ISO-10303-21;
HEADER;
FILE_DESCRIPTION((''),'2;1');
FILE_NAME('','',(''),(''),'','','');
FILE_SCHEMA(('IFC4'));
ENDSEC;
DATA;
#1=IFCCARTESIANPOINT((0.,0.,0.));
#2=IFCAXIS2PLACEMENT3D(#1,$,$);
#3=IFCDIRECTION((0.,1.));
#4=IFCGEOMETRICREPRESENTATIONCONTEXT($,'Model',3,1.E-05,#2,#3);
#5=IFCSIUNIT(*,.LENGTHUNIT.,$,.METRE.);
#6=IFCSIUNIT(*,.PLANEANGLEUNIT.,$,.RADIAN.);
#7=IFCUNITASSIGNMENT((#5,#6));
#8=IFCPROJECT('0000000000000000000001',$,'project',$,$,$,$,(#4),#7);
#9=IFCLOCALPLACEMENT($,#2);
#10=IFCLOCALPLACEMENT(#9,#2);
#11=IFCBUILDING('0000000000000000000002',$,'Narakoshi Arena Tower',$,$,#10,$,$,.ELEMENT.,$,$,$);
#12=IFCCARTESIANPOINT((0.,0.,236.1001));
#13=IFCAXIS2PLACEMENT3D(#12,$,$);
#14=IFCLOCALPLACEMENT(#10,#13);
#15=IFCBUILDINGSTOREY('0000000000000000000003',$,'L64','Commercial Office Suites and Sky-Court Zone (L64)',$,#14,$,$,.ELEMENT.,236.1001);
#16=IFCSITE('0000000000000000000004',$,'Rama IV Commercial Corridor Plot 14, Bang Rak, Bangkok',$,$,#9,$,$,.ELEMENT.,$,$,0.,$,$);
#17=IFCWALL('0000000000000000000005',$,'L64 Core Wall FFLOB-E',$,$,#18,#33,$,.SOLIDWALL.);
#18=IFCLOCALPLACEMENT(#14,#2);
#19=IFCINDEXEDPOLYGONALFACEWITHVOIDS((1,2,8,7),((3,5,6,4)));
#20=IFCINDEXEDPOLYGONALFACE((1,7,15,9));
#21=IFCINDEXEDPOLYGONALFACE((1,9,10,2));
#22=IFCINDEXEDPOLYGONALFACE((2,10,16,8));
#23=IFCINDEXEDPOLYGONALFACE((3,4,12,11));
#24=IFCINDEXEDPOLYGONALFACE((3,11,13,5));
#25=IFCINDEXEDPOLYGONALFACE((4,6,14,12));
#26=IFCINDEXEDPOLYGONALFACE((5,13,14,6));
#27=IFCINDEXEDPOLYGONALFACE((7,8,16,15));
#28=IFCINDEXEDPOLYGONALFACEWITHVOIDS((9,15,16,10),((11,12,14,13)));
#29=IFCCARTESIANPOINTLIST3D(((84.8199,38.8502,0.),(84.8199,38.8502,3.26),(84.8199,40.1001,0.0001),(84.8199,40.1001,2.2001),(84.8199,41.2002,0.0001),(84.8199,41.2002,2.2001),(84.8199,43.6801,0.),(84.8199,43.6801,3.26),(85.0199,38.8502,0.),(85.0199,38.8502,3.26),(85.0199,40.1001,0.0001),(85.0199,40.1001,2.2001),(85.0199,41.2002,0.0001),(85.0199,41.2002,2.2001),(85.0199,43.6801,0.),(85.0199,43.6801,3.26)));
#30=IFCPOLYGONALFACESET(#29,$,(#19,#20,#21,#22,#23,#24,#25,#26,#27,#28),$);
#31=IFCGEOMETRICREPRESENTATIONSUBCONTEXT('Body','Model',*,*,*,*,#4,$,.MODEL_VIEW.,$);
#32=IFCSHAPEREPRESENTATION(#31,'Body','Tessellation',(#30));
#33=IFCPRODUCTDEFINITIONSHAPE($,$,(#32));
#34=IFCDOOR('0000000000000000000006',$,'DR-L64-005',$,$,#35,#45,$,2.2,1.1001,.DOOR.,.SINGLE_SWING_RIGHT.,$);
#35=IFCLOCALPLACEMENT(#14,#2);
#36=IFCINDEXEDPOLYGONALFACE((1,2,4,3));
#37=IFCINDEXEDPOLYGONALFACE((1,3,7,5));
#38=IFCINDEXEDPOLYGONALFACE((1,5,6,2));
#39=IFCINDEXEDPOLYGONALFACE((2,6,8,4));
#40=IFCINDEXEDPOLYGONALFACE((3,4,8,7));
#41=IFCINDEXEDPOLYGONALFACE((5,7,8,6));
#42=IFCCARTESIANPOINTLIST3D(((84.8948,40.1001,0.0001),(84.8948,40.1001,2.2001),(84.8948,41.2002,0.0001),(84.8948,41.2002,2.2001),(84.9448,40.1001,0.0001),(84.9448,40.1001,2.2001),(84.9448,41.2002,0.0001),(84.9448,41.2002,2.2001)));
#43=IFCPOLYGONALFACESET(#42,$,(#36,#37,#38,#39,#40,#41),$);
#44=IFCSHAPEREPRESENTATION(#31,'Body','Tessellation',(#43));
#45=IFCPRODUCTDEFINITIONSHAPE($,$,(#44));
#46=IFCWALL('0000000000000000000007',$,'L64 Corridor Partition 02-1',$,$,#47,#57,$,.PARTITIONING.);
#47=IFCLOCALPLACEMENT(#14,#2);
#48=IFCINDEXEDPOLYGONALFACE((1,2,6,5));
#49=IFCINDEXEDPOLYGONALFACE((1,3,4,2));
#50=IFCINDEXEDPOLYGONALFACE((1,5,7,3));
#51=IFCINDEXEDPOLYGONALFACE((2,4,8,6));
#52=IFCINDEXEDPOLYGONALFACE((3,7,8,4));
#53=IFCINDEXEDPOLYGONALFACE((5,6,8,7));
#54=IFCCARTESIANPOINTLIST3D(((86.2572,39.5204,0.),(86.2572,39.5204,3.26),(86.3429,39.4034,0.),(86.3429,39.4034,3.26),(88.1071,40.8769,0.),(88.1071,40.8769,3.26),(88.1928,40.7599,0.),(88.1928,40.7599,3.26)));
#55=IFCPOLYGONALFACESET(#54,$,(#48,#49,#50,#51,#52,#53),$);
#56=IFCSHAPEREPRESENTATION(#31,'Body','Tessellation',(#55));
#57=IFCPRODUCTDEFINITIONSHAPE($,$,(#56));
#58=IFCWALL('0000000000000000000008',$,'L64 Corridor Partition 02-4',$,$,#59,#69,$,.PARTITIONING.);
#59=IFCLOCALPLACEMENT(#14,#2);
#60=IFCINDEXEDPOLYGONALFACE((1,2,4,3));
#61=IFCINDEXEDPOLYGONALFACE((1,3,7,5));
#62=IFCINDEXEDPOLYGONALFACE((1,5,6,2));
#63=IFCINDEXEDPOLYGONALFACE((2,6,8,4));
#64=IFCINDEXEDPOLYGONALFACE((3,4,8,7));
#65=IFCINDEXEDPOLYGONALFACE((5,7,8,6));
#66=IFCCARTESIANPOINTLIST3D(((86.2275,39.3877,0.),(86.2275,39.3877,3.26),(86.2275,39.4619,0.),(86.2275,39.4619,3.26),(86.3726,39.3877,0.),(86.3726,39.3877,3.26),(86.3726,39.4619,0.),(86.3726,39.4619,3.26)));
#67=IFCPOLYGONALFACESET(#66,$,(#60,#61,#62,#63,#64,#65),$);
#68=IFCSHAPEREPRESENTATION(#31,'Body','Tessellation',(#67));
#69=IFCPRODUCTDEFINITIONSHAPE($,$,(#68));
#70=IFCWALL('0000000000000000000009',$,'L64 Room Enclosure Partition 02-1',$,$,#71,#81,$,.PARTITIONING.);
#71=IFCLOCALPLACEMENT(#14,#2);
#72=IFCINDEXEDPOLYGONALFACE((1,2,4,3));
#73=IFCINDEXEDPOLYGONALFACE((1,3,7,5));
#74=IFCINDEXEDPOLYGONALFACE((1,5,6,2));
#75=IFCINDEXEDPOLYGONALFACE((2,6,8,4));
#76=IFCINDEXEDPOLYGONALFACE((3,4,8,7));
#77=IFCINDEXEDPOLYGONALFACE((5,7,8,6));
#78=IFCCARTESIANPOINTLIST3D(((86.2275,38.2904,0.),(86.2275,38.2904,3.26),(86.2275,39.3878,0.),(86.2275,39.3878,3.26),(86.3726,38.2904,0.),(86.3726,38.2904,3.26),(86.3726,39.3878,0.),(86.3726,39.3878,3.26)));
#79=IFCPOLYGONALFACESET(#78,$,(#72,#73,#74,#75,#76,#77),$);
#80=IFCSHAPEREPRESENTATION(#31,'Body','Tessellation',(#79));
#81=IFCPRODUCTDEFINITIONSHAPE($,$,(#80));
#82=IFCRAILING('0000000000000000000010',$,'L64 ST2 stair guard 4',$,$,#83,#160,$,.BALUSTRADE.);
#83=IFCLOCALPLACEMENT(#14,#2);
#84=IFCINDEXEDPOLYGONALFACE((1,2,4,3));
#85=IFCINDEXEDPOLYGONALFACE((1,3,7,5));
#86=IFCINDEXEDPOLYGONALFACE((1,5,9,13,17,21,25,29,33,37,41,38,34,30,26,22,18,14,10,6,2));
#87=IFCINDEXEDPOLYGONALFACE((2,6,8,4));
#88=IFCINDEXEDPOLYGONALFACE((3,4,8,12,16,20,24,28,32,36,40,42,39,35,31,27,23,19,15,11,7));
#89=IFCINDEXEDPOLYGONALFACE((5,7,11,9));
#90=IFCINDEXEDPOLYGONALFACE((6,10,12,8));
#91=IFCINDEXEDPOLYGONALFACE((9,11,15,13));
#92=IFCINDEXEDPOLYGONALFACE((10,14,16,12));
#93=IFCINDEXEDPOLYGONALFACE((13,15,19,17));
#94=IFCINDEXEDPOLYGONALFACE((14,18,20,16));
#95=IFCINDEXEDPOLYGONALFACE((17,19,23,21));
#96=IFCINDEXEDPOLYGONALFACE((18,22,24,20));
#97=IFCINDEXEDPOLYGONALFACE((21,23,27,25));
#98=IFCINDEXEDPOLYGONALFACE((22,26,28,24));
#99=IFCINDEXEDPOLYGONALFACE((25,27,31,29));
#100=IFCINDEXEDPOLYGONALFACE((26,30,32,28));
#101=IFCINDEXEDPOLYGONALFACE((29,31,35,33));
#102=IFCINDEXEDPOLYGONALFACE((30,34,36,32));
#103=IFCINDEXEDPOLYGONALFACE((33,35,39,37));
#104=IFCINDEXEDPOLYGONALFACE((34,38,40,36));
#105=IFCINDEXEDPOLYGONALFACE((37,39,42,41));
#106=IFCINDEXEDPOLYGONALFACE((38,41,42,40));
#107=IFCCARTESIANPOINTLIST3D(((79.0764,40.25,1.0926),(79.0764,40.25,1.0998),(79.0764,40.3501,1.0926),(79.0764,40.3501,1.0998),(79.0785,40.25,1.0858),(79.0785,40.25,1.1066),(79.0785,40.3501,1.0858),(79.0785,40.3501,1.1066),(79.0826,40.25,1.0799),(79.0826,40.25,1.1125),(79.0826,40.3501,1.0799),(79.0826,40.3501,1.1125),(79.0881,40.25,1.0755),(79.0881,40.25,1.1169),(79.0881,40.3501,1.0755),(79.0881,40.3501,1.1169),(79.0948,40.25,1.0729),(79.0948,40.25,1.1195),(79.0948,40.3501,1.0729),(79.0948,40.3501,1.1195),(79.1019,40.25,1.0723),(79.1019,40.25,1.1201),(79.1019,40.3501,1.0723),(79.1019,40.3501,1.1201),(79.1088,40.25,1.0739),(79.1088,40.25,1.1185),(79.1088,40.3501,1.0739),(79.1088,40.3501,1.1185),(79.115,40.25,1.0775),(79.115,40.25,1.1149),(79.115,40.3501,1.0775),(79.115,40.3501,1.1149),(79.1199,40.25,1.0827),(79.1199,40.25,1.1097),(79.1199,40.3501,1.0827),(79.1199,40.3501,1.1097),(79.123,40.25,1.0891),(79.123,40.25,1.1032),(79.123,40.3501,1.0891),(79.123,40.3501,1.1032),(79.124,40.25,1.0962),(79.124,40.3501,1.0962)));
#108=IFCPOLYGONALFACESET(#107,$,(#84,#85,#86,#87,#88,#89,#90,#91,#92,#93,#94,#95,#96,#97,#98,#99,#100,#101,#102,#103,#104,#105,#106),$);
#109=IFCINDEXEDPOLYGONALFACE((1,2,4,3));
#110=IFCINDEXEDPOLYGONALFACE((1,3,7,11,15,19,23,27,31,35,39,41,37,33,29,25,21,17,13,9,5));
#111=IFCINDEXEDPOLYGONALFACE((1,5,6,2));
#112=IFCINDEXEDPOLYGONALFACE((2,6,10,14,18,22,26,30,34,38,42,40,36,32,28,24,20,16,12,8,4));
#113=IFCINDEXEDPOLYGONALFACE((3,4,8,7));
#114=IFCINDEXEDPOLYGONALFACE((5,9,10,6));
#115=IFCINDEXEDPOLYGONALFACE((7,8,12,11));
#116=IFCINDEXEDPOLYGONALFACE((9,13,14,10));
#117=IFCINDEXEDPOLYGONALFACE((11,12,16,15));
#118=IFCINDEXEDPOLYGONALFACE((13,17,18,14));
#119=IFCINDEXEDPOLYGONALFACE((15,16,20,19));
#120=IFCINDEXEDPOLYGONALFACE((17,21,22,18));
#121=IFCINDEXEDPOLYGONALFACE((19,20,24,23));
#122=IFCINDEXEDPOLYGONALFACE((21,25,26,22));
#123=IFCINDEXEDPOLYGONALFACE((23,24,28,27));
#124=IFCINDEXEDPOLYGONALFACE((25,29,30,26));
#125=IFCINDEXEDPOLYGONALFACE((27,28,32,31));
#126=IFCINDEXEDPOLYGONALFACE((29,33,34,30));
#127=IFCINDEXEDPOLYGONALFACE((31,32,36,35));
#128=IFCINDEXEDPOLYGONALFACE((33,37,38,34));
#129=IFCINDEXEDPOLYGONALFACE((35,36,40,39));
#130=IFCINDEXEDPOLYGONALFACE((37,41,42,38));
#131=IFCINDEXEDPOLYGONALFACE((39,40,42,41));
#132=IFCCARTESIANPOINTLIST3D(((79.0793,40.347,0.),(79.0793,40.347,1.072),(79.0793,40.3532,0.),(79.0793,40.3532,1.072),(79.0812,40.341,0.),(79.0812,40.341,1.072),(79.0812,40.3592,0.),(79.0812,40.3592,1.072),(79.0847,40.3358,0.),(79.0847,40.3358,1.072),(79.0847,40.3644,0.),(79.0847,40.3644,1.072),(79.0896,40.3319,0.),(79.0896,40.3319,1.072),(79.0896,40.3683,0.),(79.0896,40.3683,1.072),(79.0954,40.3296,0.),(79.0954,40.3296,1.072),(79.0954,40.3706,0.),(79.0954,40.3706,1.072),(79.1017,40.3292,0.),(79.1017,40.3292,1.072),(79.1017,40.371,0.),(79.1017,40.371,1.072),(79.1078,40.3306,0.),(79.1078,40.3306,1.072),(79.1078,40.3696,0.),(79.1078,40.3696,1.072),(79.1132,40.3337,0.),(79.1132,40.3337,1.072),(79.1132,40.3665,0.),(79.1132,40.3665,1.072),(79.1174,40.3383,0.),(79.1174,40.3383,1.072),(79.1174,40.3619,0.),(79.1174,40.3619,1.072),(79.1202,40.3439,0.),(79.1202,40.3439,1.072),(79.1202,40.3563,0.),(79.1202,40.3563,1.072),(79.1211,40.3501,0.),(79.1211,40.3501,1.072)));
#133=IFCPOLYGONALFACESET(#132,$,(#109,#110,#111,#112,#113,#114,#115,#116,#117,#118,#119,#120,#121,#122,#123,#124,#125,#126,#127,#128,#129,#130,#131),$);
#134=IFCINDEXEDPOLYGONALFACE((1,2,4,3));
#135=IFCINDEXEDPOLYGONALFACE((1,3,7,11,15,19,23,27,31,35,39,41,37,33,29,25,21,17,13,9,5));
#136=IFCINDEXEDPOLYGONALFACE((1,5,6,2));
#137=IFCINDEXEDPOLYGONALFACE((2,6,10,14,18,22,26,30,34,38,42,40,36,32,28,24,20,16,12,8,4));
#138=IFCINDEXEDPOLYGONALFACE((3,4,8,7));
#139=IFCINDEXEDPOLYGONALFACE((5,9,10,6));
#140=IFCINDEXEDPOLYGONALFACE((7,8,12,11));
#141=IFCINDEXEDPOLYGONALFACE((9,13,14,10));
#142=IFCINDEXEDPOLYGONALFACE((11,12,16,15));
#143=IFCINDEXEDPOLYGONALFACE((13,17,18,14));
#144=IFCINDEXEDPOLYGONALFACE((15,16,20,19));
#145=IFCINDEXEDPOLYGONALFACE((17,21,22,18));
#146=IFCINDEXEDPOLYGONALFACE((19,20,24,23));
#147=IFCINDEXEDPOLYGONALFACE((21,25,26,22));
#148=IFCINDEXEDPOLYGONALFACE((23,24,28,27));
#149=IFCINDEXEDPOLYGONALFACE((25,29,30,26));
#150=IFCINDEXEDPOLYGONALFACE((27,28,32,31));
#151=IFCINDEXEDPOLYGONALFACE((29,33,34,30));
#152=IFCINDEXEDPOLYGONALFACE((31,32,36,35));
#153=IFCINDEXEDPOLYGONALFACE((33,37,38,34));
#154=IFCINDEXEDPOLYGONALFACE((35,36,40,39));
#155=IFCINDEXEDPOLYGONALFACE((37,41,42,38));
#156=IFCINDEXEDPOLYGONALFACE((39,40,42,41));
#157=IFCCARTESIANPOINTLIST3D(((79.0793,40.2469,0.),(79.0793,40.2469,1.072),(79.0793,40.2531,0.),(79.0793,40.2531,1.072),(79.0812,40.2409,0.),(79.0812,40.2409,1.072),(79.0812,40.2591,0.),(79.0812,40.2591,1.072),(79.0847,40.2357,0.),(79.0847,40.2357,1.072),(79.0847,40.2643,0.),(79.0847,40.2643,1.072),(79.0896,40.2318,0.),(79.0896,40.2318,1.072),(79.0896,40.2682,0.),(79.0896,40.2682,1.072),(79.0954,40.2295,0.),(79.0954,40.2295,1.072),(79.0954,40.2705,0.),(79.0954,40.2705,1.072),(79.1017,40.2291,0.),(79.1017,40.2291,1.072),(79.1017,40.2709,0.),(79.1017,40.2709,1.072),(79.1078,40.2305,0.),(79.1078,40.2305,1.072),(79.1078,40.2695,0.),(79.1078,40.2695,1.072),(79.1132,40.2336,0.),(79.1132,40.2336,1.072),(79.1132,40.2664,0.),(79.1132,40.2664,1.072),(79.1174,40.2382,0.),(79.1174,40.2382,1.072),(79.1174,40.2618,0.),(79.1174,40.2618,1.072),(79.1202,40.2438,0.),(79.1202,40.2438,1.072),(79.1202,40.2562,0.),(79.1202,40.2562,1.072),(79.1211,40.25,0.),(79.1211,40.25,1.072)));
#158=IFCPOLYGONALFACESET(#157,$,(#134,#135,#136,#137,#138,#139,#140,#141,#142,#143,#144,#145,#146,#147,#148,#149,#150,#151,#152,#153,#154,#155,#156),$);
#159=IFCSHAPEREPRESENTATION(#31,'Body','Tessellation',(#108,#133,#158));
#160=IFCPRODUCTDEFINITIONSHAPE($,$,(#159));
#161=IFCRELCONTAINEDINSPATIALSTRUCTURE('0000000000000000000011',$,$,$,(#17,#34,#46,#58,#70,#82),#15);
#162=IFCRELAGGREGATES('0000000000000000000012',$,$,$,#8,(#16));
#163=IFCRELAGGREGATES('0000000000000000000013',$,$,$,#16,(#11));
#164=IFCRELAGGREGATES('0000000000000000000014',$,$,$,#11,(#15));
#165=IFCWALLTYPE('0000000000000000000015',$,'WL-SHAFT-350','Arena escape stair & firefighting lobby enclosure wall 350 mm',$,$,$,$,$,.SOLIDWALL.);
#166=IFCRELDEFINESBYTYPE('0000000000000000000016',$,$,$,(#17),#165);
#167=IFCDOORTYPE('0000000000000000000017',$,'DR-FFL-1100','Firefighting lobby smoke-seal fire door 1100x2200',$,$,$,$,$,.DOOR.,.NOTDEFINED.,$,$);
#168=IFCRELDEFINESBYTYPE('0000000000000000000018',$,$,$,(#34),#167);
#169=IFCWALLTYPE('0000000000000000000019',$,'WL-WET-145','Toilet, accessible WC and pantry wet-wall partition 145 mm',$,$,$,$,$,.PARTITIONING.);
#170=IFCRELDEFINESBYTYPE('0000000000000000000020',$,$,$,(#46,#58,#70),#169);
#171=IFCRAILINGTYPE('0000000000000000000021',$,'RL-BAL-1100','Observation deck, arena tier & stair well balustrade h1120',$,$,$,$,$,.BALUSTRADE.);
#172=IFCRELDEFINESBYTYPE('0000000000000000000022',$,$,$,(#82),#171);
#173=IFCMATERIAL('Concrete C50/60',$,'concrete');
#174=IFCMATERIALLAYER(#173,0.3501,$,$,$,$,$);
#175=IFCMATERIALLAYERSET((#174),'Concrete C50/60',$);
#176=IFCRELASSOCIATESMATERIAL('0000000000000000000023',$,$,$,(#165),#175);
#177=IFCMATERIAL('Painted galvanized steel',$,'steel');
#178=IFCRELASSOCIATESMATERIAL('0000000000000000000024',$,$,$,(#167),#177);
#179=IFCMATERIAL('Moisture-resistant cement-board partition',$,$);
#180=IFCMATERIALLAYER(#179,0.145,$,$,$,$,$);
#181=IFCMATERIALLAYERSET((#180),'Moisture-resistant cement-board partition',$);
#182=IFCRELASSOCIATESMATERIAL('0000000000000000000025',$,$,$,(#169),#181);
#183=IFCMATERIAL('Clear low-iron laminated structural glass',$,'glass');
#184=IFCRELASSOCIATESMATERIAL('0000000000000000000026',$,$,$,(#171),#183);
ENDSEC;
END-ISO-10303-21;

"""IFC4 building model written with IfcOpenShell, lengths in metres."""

from ifc_helpers import new_model, si_unit, direction, frame, frame_2d, origin, origin_2d, place, context, subcontext, project, spatial, rectangle, circle, extrude, material, layer, layer_set, type_object, element, fill, save


model = new_model("IFC4")

# Units and contexts
model_context = context("Model", 3, precision=1e-05, world=origin(), true_north=direction((0.0, 1.0)))
body_context = subcontext(model_context, "Body", "Model", "MODEL_VIEW")
ifc_project = project(units=[si_unit("LENGTHUNIT", "METRE"), si_unit("PLANEANGLEUNIT", "RADIAN")], contexts=[model_context])

# Site, building, storey
site_placement = place(None, origin())
site = spatial("IfcSite", under=ifc_project, at=site_placement, Name="Rama IV Commercial Corridor Plot 14, Bang Rak, Bangkok", CompositionType="ELEMENT", RefElevation=0.0)
building_placement = place(site_placement, origin())
building = spatial("IfcBuilding", under=site, at=building_placement, Name="Narakoshi Arena Tower", CompositionType="ELEMENT")
storey_placement = place(building_placement, frame((0.0, 0.0, 236.1001)))
storey = spatial("IfcBuildingStorey", under=building, at=storey_placement, Name="L64", Description="Commercial Office Suites and Sky-Court Zone (L64)", CompositionType="ELEMENT", Elevation=236.1001)

# Shared definitions
ifc_material_1 = material(Name="Concrete C50/60", Category="concrete")
ifc_layer_1 = layer(ifc_material_1, 0.3501)
ifc_layer_set_1 = layer_set([ifc_layer_1], Name="Concrete C50/60")
wall_type_1 = type_object("IfcWallType", Name="WL-SHAFT-350", Description="Arena escape stair & firefighting lobby enclosure wall 350 mm", PredefinedType="SOLIDWALL", material=ifc_layer_set_1)

# Shared definitions
ifc_material_2 = material(Name="Painted galvanized steel", Category="steel")

# Wall, opening, door
wall_1_placement = place(storey_placement, frame((84.9199, 38.8501, 0.0), z_axis=(0.0, 0.0, 1.0), x_axis=(0.0, 1.0, 0.0)))
wall_1 = element("IfcWall", 1, at=wall_1_placement, inside=storey, type_object=wall_type_1, Name="L64 Core Wall FFLOB-E", PredefinedType="SOLIDWALL", context=body_context, shape_type="SweptSolid", body=[
    extrude(rectangle(XDim=4.8298, YDim=0.2, at=frame_2d((2.415, 0.0))), origin(), (0.0, 0.0, 1.0), 3.26),
])
opening_1_placement = place(wall_1_placement, frame((1.25, 0.0, 0.0)))
opening_1 = element("IfcOpeningElement", 2, at=opening_1_placement, cuts=wall_1, PredefinedType="OPENING", context=body_context, shape_type="SweptSolid", body=[
    extrude(rectangle(XDim=1.1001, YDim=2.2, at=frame_2d((0.55, 1.1001))), frame((0.0, 0.1099, 0.0), z_axis=(0.0, -1.0, 0.0), x_axis=(1.0, 0.0, 0.0)), (0.0, 0.0, 1.0), 0.22),
])
door_type_1 = type_object("IfcDoorType", Name="DR-FFL-1100", Description="Firefighting lobby smoke-seal fire door 1100x2200", OperationType="NOTDEFINED", PredefinedType="DOOR", material=ifc_material_2)
door_1_placement = place(opening_1_placement, frame((1.1001, 0.0, 0.0), z_axis=(0.0, 0.0, 1.0), x_axis=(-1.0, 0.0, 0.0)))
door_1 = element("IfcDoor", 3, at=door_1_placement, inside=storey, type_object=door_type_1, Name="DR-L64-005", OperationType="SINGLE_SWING_RIGHT", OverallHeight=2.2, OverallWidth=1.1001, PredefinedType="DOOR", context=body_context, shape_type="SweptSolid", body=[
    extrude(rectangle(XDim=1.1001, YDim=2.2, at=frame_2d((0.55, 1.1001))), frame((0.0, 0.0249, 0.0), z_axis=(0.0, -1.0, 0.0), x_axis=(1.0, 0.0, 0.0)), (0.0, 0.0, 1.0), 0.05),
])
fill(opening_1, door_1)

# Walls
ifc_material_3 = material(Name="Moisture-resistant cement-board partition")
ifc_layer_2 = layer(ifc_material_3, 0.145)
ifc_layer_set_2 = layer_set([ifc_layer_2], Name="Moisture-resistant cement-board partition")
wall_type_2 = type_object("IfcWallType", Name="WL-WET-145", Description="Toilet, accessible WC and pantry wet-wall partition 145 mm", PredefinedType="PARTITIONING", material=ifc_layer_set_2)
wall_2_placement = place(storey_placement, frame((86.3, 39.4619, 0.0), z_axis=(0.0, 0.0, 1.0), x_axis=(0.806429, 0.591331, 0.0)))
element("IfcWall", 4, at=wall_2_placement, inside=storey, type_object=wall_type_2, Name="L64 Corridor Partition 02-1", PredefinedType="PARTITIONING", context=body_context, shape_type="SweptSolid", body=[
    extrude(rectangle(XDim=2.2939, YDim=0.145, at=frame_2d((1.147, 0.0))), origin(), (0.0, 0.0, 1.0), 3.26),
])
wall_3_placement = place(storey_placement, frame((86.3, 39.3877, 0.0), z_axis=(0.0, 0.0, 1.0), x_axis=(0.0, 1.0, 0.0)))
element("IfcWall", 5, at=wall_3_placement, inside=storey, type_object=wall_type_2, Name="L64 Corridor Partition 02-4", PredefinedType="PARTITIONING", context=body_context, shape_type="SweptSolid", body=[
    extrude(rectangle(XDim=0.0742, YDim=0.145, at=frame_2d((0.0371, 0.0))), origin(), (0.0, 0.0, 1.0), 3.26),
])
wall_4_placement = place(storey_placement, frame((86.3, 38.2903, 0.0), z_axis=(0.0, 0.0, 1.0), x_axis=(0.0, 1.0, 0.0)))
element("IfcWall", 6, at=wall_4_placement, inside=storey, type_object=wall_type_2, Name="L64 Room Enclosure Partition 02-1", PredefinedType="PARTITIONING", context=body_context, shape_type="SweptSolid", body=[
    extrude(rectangle(XDim=1.0974, YDim=0.145, at=frame_2d((0.5488, 0.0))), origin(), (0.0, 0.0, 1.0), 3.26),
])

# Railing
ifc_material_4 = material(Name="Clear low-iron laminated structural glass", Category="glass")
railing_type = type_object("IfcRailingType", Name="RL-BAL-1100", Description="Observation deck, arena tier & stair well balustrade h1120", PredefinedType="BALUSTRADE", material=ifc_material_4)
railing_placement = place(storey_placement, frame((79.1001, 40.3501, 0.0)))
element("IfcRailing", 7, at=railing_placement, inside=storey, type_object=railing_type, Name="L64 ST2 stair guard 4", PredefinedType="BALUSTRADE", context=body_context, shape_type="SweptSolid", body=[
    extrude(circle(Radius=0.0239, at=origin_2d()), frame((0.0, 0.0, 1.0962), z_axis=(0.0, -1.0, 0.0), x_axis=(1.0, 0.0, 0.0)), (0.0, 0.0, 1.0), 0.1001),
    extrude(circle(Radius=0.021, at=origin_2d()), origin(), (0.0, 0.0, 1.0), 1.072),
    extrude(circle(Radius=0.021, at=origin_2d()), frame((0.0, -0.1001, 0.0)), (0.0, 0.0, 1.0), 1.072),
])

save(model, "model.ifc")
